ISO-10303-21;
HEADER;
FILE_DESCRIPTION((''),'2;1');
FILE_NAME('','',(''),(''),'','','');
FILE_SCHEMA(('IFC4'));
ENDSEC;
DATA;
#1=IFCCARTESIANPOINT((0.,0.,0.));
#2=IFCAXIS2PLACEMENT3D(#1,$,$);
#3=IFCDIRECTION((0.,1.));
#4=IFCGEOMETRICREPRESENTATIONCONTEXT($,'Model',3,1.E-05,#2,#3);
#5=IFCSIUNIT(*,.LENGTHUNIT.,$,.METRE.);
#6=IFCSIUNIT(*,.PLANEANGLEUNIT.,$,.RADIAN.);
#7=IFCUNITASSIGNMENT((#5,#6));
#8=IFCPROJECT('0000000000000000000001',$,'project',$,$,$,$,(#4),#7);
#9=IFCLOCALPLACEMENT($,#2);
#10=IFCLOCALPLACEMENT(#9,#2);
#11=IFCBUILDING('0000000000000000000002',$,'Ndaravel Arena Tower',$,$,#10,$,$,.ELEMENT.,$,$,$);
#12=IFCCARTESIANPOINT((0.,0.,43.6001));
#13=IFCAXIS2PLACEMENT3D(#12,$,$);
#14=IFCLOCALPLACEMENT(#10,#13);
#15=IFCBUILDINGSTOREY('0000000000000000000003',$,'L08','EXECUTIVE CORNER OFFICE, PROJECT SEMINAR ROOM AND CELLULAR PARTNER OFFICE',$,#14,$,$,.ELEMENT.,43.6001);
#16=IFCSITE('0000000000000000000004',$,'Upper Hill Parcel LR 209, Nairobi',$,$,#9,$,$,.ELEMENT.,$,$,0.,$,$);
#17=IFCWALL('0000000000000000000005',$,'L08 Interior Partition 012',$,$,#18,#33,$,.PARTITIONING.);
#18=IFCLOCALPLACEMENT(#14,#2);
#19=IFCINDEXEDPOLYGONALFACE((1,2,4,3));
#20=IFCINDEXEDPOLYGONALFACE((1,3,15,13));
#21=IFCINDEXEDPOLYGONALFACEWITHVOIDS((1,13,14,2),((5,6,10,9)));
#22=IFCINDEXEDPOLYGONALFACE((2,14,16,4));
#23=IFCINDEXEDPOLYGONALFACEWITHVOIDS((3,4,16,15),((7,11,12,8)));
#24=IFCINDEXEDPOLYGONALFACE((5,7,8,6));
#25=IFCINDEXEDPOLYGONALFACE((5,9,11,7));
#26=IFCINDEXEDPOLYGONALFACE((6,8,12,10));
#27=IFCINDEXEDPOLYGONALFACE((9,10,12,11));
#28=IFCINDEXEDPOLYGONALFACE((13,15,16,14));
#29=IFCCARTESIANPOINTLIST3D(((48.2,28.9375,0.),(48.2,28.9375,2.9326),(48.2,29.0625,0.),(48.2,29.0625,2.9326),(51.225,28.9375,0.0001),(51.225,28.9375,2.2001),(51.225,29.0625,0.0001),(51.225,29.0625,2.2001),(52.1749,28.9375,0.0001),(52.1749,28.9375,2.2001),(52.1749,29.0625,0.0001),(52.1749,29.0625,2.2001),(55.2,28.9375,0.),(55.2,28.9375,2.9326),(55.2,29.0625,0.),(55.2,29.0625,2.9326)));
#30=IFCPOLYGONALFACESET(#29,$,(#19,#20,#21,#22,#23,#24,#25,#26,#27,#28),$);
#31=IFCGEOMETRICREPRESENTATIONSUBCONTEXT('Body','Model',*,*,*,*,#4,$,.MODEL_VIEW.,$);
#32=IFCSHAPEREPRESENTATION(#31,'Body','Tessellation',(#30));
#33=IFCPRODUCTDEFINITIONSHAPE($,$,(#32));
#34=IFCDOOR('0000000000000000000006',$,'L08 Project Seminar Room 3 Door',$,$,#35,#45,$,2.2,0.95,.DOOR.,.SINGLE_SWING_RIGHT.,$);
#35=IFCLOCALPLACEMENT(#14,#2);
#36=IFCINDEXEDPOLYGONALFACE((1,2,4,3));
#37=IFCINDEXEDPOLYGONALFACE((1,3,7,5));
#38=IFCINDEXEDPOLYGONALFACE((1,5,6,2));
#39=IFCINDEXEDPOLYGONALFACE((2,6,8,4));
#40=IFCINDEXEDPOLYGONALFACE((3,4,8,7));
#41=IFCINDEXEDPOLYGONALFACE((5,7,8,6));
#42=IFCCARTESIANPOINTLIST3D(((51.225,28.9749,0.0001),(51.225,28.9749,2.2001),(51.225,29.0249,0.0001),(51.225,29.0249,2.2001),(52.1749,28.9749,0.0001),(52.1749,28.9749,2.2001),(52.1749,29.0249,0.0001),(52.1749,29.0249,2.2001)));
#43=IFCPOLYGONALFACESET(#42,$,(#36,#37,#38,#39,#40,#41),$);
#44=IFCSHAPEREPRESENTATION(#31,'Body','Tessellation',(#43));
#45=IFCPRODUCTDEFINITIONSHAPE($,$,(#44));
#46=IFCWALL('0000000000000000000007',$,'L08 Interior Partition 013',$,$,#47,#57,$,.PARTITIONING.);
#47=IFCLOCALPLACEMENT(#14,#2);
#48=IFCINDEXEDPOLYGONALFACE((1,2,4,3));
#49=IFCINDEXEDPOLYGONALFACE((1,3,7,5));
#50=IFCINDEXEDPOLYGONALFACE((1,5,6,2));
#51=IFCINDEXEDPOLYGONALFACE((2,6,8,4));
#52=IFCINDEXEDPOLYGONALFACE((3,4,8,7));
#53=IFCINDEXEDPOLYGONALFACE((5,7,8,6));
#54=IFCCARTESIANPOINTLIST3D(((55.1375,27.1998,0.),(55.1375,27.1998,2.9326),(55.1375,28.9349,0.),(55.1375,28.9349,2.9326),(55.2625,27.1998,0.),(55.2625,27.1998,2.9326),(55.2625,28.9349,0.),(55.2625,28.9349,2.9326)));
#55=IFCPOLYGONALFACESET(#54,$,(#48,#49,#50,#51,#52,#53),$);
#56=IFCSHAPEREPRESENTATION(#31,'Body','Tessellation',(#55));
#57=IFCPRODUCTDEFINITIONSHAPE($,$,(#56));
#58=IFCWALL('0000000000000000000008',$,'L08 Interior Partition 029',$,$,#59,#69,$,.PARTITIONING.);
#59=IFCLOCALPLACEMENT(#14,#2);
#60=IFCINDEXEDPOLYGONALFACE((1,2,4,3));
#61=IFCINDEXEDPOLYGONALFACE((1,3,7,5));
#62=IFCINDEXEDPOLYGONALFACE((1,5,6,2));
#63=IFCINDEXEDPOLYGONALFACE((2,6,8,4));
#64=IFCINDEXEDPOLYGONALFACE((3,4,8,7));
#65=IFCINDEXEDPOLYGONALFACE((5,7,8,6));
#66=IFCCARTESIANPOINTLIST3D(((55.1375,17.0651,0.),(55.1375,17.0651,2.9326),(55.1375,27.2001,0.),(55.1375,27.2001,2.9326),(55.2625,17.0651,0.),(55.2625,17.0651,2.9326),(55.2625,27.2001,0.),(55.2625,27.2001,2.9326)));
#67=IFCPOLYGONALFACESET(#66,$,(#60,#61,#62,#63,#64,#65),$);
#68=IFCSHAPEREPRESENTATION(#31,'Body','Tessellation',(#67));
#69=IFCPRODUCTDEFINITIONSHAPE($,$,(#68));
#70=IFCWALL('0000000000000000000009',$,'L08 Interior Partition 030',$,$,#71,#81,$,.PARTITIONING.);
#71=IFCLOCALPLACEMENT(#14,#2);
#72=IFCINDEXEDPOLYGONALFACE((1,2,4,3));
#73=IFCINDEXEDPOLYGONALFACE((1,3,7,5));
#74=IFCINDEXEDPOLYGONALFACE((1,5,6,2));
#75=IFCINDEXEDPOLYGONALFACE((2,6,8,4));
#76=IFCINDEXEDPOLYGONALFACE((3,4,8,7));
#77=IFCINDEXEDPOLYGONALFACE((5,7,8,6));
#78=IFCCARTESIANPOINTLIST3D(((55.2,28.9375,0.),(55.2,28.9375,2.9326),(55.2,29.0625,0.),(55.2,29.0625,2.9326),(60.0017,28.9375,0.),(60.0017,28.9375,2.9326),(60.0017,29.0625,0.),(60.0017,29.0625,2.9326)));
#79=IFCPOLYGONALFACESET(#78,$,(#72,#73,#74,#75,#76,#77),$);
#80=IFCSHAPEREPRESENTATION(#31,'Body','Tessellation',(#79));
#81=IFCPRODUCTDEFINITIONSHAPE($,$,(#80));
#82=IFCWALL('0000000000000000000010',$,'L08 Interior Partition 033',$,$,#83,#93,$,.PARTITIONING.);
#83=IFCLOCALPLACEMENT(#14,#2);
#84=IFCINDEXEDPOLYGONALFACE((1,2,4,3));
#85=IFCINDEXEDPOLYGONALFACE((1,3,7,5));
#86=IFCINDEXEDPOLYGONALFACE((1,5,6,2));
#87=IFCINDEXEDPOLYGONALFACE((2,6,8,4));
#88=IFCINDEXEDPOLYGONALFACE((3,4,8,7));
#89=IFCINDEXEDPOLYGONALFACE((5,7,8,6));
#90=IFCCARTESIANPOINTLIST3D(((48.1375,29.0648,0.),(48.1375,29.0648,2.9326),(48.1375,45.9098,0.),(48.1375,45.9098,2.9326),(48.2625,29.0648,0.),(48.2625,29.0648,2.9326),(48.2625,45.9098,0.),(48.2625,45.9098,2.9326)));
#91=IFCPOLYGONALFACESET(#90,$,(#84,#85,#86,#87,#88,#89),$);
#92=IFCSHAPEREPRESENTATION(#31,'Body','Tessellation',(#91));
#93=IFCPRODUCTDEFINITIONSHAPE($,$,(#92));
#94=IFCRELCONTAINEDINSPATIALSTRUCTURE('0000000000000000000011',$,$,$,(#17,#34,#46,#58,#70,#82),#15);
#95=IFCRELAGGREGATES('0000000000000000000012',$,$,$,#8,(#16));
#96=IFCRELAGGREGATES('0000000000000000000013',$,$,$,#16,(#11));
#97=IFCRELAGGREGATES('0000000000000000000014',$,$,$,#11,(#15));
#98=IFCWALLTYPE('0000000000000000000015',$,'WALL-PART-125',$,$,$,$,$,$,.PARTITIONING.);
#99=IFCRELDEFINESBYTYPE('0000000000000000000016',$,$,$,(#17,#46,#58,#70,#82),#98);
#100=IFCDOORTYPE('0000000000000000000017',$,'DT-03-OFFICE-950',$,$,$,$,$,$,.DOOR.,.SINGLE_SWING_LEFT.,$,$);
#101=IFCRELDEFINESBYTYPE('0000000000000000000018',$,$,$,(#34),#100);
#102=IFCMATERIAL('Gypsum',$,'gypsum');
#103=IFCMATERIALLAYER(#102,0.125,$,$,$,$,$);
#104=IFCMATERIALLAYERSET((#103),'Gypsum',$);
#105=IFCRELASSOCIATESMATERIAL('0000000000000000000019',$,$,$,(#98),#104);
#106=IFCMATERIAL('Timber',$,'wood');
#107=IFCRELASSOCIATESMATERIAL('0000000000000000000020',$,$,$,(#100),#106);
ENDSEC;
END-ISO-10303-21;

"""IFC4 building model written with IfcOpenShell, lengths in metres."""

from ifc_helpers import new_model, si_unit, direction, frame, frame_2d, origin, place, context, subcontext, project, spatial, rectangle, extrude, material, layer, layer_set, type_object, element, fill, save


model = new_model("IFC4")

# Units and contexts
model_context = context("Model", 3, precision=1e-05, world=origin(), true_north=direction((0.0, 1.0)))
body_context = subcontext(model_context, "Body", "Model", "MODEL_VIEW")
ifc_project = project(units=[si_unit("LENGTHUNIT", "METRE"), si_unit("PLANEANGLEUNIT", "RADIAN")], contexts=[model_context])

# Site, building, storey
site_placement = place(None, origin())
site = spatial("IfcSite", under=ifc_project, at=site_placement, Name="Upper Hill Parcel LR 209, Nairobi", CompositionType="ELEMENT", RefElevation=0.0)
building_placement = place(site_placement, origin())
building = spatial("IfcBuilding", under=site, at=building_placement, Name="Ndaravel Arena Tower", CompositionType="ELEMENT")
storey_placement = place(building_placement, frame((0.0, 0.0, 43.6001)))
storey = spatial("IfcBuildingStorey", under=building, at=storey_placement, Name="L08", Description="EXECUTIVE CORNER OFFICE, PROJECT SEMINAR ROOM AND CELLULAR PARTNER OFFICE", CompositionType="ELEMENT", Elevation=43.6001)

# Wall, opening, door
ifc_material_1 = material(Name="Gypsum", Category="gypsum")
ifc_layer_1 = layer(ifc_material_1, 0.125)
ifc_layer_set_1 = layer_set([ifc_layer_1], Name="Gypsum")
wall_type = type_object("IfcWallType", Name="WALL-PART-125", PredefinedType="PARTITIONING", material=ifc_layer_set_1)
wall_1_placement = place(storey_placement, frame((48.2, 29.0, 0.0), z_axis=(0.0, 0.0, 1.0), x_axis=(1.0, 0.0, 0.0)))
wall_1 = element("IfcWall", 1, at=wall_1_placement, inside=storey, type_object=wall_type, Name="L08 Interior Partition 012", PredefinedType="PARTITIONING", context=body_context, shape_type="SweptSolid", body=[
    extrude(rectangle(XDim=7.0, YDim=0.125, at=frame_2d((3.5, 0.0))), origin(), (0.0, 0.0, 1.0), 2.9326),
])
opening_placement = place(wall_1_placement, frame((3.0249, 0.0, 0.0)))
opening = element("IfcOpeningElement", 2, at=opening_placement, cuts=wall_1, PredefinedType="OPENING", context=body_context, shape_type="SweptSolid", body=[
    extrude(rectangle(XDim=0.95, YDim=2.2, at=frame_2d((0.4751, 1.1001))), frame((0.0, 0.0625, 0.0), z_axis=(0.0, -1.0, 0.0), x_axis=(1.0, 0.0, 0.0)), (0.0, 0.0, 1.0), 0.125),
])
ifc_material_2 = material(Name="Timber", Category="wood")
door_type = type_object("IfcDoorType", Name="DT-03-OFFICE-950", OperationType="SINGLE_SWING_LEFT", PredefinedType="DOOR", material=ifc_material_2)
door_placement = place(opening_placement, origin())
door = element("IfcDoor", 3, at=door_placement, inside=storey, type_object=door_type, Name="L08 Project Seminar Room 3 Door", OperationType="SINGLE_SWING_RIGHT", OverallHeight=2.2, OverallWidth=0.95, PredefinedType="DOOR", context=body_context, shape_type="SweptSolid", body=[
    extrude(rectangle(XDim=0.95, YDim=2.2, at=frame_2d((0.4751, 1.1001))), frame((0.0, 0.0249, 0.0), z_axis=(0.0, -1.0, 0.0), x_axis=(1.0, 0.0, 0.0)), (0.0, 0.0, 1.0), 0.05),
])
fill(opening, door)

# Walls
wall_2_placement = place(storey_placement, frame((55.2, 28.9351, 0.0), z_axis=(0.0, 0.0, 1.0), x_axis=(0.0, -1.0, 0.0)))
element("IfcWall", 4, at=wall_2_placement, inside=storey, type_object=wall_type, Name="L08 Interior Partition 013", PredefinedType="PARTITIONING", context=body_context, shape_type="SweptSolid", body=[
    extrude(rectangle(XDim=1.7351, YDim=0.125, at=frame_2d((0.8677, 0.0))), origin(), (0.0, 0.0, 1.0), 2.9326),
])
wall_3_placement = place(storey_placement, frame((55.2, 27.2, 0.0), z_axis=(0.0, 0.0, 1.0), x_axis=(0.0, -1.0, 0.0)))
element("IfcWall", 5, at=wall_3_placement, inside=storey, type_object=wall_type, Name="L08 Interior Partition 029", PredefinedType="PARTITIONING", context=body_context, shape_type="SweptSolid", body=[
    extrude(rectangle(XDim=10.135, YDim=0.125, at=frame_2d((5.0674, 0.0))), origin(), (0.0, 0.0, 1.0), 2.9326),
])
wall_4_placement = place(storey_placement, frame((55.2, 29.0, 0.0), z_axis=(0.0, 0.0, 1.0), x_axis=(1.0, 0.0, 0.0)))
element("IfcWall", 6, at=wall_4_placement, inside=storey, type_object=wall_type, Name="L08 Interior Partition 030", PredefinedType="PARTITIONING", context=body_context, shape_type="SweptSolid", body=[
    extrude(rectangle(XDim=4.8018, YDim=0.125, at=frame_2d((2.4009, 0.0))), origin(), (0.0, 0.0, 1.0), 2.9326),
])
wall_5_placement = place(storey_placement, frame((48.2, 29.0649, 0.0), z_axis=(0.0, 0.0, 1.0), x_axis=(0.0, 1.0, 0.0)))
element("IfcWall", 7, at=wall_5_placement, inside=storey, type_object=wall_type, Name="L08 Interior Partition 033", PredefinedType="PARTITIONING", context=body_context, shape_type="SweptSolid", body=[
    extrude(rectangle(XDim=16.845, YDim=0.125, at=frame_2d((8.4224, 0.0))), origin(), (0.0, 0.0, 1.0), 2.9326),
])

save(model, "model.ifc")
